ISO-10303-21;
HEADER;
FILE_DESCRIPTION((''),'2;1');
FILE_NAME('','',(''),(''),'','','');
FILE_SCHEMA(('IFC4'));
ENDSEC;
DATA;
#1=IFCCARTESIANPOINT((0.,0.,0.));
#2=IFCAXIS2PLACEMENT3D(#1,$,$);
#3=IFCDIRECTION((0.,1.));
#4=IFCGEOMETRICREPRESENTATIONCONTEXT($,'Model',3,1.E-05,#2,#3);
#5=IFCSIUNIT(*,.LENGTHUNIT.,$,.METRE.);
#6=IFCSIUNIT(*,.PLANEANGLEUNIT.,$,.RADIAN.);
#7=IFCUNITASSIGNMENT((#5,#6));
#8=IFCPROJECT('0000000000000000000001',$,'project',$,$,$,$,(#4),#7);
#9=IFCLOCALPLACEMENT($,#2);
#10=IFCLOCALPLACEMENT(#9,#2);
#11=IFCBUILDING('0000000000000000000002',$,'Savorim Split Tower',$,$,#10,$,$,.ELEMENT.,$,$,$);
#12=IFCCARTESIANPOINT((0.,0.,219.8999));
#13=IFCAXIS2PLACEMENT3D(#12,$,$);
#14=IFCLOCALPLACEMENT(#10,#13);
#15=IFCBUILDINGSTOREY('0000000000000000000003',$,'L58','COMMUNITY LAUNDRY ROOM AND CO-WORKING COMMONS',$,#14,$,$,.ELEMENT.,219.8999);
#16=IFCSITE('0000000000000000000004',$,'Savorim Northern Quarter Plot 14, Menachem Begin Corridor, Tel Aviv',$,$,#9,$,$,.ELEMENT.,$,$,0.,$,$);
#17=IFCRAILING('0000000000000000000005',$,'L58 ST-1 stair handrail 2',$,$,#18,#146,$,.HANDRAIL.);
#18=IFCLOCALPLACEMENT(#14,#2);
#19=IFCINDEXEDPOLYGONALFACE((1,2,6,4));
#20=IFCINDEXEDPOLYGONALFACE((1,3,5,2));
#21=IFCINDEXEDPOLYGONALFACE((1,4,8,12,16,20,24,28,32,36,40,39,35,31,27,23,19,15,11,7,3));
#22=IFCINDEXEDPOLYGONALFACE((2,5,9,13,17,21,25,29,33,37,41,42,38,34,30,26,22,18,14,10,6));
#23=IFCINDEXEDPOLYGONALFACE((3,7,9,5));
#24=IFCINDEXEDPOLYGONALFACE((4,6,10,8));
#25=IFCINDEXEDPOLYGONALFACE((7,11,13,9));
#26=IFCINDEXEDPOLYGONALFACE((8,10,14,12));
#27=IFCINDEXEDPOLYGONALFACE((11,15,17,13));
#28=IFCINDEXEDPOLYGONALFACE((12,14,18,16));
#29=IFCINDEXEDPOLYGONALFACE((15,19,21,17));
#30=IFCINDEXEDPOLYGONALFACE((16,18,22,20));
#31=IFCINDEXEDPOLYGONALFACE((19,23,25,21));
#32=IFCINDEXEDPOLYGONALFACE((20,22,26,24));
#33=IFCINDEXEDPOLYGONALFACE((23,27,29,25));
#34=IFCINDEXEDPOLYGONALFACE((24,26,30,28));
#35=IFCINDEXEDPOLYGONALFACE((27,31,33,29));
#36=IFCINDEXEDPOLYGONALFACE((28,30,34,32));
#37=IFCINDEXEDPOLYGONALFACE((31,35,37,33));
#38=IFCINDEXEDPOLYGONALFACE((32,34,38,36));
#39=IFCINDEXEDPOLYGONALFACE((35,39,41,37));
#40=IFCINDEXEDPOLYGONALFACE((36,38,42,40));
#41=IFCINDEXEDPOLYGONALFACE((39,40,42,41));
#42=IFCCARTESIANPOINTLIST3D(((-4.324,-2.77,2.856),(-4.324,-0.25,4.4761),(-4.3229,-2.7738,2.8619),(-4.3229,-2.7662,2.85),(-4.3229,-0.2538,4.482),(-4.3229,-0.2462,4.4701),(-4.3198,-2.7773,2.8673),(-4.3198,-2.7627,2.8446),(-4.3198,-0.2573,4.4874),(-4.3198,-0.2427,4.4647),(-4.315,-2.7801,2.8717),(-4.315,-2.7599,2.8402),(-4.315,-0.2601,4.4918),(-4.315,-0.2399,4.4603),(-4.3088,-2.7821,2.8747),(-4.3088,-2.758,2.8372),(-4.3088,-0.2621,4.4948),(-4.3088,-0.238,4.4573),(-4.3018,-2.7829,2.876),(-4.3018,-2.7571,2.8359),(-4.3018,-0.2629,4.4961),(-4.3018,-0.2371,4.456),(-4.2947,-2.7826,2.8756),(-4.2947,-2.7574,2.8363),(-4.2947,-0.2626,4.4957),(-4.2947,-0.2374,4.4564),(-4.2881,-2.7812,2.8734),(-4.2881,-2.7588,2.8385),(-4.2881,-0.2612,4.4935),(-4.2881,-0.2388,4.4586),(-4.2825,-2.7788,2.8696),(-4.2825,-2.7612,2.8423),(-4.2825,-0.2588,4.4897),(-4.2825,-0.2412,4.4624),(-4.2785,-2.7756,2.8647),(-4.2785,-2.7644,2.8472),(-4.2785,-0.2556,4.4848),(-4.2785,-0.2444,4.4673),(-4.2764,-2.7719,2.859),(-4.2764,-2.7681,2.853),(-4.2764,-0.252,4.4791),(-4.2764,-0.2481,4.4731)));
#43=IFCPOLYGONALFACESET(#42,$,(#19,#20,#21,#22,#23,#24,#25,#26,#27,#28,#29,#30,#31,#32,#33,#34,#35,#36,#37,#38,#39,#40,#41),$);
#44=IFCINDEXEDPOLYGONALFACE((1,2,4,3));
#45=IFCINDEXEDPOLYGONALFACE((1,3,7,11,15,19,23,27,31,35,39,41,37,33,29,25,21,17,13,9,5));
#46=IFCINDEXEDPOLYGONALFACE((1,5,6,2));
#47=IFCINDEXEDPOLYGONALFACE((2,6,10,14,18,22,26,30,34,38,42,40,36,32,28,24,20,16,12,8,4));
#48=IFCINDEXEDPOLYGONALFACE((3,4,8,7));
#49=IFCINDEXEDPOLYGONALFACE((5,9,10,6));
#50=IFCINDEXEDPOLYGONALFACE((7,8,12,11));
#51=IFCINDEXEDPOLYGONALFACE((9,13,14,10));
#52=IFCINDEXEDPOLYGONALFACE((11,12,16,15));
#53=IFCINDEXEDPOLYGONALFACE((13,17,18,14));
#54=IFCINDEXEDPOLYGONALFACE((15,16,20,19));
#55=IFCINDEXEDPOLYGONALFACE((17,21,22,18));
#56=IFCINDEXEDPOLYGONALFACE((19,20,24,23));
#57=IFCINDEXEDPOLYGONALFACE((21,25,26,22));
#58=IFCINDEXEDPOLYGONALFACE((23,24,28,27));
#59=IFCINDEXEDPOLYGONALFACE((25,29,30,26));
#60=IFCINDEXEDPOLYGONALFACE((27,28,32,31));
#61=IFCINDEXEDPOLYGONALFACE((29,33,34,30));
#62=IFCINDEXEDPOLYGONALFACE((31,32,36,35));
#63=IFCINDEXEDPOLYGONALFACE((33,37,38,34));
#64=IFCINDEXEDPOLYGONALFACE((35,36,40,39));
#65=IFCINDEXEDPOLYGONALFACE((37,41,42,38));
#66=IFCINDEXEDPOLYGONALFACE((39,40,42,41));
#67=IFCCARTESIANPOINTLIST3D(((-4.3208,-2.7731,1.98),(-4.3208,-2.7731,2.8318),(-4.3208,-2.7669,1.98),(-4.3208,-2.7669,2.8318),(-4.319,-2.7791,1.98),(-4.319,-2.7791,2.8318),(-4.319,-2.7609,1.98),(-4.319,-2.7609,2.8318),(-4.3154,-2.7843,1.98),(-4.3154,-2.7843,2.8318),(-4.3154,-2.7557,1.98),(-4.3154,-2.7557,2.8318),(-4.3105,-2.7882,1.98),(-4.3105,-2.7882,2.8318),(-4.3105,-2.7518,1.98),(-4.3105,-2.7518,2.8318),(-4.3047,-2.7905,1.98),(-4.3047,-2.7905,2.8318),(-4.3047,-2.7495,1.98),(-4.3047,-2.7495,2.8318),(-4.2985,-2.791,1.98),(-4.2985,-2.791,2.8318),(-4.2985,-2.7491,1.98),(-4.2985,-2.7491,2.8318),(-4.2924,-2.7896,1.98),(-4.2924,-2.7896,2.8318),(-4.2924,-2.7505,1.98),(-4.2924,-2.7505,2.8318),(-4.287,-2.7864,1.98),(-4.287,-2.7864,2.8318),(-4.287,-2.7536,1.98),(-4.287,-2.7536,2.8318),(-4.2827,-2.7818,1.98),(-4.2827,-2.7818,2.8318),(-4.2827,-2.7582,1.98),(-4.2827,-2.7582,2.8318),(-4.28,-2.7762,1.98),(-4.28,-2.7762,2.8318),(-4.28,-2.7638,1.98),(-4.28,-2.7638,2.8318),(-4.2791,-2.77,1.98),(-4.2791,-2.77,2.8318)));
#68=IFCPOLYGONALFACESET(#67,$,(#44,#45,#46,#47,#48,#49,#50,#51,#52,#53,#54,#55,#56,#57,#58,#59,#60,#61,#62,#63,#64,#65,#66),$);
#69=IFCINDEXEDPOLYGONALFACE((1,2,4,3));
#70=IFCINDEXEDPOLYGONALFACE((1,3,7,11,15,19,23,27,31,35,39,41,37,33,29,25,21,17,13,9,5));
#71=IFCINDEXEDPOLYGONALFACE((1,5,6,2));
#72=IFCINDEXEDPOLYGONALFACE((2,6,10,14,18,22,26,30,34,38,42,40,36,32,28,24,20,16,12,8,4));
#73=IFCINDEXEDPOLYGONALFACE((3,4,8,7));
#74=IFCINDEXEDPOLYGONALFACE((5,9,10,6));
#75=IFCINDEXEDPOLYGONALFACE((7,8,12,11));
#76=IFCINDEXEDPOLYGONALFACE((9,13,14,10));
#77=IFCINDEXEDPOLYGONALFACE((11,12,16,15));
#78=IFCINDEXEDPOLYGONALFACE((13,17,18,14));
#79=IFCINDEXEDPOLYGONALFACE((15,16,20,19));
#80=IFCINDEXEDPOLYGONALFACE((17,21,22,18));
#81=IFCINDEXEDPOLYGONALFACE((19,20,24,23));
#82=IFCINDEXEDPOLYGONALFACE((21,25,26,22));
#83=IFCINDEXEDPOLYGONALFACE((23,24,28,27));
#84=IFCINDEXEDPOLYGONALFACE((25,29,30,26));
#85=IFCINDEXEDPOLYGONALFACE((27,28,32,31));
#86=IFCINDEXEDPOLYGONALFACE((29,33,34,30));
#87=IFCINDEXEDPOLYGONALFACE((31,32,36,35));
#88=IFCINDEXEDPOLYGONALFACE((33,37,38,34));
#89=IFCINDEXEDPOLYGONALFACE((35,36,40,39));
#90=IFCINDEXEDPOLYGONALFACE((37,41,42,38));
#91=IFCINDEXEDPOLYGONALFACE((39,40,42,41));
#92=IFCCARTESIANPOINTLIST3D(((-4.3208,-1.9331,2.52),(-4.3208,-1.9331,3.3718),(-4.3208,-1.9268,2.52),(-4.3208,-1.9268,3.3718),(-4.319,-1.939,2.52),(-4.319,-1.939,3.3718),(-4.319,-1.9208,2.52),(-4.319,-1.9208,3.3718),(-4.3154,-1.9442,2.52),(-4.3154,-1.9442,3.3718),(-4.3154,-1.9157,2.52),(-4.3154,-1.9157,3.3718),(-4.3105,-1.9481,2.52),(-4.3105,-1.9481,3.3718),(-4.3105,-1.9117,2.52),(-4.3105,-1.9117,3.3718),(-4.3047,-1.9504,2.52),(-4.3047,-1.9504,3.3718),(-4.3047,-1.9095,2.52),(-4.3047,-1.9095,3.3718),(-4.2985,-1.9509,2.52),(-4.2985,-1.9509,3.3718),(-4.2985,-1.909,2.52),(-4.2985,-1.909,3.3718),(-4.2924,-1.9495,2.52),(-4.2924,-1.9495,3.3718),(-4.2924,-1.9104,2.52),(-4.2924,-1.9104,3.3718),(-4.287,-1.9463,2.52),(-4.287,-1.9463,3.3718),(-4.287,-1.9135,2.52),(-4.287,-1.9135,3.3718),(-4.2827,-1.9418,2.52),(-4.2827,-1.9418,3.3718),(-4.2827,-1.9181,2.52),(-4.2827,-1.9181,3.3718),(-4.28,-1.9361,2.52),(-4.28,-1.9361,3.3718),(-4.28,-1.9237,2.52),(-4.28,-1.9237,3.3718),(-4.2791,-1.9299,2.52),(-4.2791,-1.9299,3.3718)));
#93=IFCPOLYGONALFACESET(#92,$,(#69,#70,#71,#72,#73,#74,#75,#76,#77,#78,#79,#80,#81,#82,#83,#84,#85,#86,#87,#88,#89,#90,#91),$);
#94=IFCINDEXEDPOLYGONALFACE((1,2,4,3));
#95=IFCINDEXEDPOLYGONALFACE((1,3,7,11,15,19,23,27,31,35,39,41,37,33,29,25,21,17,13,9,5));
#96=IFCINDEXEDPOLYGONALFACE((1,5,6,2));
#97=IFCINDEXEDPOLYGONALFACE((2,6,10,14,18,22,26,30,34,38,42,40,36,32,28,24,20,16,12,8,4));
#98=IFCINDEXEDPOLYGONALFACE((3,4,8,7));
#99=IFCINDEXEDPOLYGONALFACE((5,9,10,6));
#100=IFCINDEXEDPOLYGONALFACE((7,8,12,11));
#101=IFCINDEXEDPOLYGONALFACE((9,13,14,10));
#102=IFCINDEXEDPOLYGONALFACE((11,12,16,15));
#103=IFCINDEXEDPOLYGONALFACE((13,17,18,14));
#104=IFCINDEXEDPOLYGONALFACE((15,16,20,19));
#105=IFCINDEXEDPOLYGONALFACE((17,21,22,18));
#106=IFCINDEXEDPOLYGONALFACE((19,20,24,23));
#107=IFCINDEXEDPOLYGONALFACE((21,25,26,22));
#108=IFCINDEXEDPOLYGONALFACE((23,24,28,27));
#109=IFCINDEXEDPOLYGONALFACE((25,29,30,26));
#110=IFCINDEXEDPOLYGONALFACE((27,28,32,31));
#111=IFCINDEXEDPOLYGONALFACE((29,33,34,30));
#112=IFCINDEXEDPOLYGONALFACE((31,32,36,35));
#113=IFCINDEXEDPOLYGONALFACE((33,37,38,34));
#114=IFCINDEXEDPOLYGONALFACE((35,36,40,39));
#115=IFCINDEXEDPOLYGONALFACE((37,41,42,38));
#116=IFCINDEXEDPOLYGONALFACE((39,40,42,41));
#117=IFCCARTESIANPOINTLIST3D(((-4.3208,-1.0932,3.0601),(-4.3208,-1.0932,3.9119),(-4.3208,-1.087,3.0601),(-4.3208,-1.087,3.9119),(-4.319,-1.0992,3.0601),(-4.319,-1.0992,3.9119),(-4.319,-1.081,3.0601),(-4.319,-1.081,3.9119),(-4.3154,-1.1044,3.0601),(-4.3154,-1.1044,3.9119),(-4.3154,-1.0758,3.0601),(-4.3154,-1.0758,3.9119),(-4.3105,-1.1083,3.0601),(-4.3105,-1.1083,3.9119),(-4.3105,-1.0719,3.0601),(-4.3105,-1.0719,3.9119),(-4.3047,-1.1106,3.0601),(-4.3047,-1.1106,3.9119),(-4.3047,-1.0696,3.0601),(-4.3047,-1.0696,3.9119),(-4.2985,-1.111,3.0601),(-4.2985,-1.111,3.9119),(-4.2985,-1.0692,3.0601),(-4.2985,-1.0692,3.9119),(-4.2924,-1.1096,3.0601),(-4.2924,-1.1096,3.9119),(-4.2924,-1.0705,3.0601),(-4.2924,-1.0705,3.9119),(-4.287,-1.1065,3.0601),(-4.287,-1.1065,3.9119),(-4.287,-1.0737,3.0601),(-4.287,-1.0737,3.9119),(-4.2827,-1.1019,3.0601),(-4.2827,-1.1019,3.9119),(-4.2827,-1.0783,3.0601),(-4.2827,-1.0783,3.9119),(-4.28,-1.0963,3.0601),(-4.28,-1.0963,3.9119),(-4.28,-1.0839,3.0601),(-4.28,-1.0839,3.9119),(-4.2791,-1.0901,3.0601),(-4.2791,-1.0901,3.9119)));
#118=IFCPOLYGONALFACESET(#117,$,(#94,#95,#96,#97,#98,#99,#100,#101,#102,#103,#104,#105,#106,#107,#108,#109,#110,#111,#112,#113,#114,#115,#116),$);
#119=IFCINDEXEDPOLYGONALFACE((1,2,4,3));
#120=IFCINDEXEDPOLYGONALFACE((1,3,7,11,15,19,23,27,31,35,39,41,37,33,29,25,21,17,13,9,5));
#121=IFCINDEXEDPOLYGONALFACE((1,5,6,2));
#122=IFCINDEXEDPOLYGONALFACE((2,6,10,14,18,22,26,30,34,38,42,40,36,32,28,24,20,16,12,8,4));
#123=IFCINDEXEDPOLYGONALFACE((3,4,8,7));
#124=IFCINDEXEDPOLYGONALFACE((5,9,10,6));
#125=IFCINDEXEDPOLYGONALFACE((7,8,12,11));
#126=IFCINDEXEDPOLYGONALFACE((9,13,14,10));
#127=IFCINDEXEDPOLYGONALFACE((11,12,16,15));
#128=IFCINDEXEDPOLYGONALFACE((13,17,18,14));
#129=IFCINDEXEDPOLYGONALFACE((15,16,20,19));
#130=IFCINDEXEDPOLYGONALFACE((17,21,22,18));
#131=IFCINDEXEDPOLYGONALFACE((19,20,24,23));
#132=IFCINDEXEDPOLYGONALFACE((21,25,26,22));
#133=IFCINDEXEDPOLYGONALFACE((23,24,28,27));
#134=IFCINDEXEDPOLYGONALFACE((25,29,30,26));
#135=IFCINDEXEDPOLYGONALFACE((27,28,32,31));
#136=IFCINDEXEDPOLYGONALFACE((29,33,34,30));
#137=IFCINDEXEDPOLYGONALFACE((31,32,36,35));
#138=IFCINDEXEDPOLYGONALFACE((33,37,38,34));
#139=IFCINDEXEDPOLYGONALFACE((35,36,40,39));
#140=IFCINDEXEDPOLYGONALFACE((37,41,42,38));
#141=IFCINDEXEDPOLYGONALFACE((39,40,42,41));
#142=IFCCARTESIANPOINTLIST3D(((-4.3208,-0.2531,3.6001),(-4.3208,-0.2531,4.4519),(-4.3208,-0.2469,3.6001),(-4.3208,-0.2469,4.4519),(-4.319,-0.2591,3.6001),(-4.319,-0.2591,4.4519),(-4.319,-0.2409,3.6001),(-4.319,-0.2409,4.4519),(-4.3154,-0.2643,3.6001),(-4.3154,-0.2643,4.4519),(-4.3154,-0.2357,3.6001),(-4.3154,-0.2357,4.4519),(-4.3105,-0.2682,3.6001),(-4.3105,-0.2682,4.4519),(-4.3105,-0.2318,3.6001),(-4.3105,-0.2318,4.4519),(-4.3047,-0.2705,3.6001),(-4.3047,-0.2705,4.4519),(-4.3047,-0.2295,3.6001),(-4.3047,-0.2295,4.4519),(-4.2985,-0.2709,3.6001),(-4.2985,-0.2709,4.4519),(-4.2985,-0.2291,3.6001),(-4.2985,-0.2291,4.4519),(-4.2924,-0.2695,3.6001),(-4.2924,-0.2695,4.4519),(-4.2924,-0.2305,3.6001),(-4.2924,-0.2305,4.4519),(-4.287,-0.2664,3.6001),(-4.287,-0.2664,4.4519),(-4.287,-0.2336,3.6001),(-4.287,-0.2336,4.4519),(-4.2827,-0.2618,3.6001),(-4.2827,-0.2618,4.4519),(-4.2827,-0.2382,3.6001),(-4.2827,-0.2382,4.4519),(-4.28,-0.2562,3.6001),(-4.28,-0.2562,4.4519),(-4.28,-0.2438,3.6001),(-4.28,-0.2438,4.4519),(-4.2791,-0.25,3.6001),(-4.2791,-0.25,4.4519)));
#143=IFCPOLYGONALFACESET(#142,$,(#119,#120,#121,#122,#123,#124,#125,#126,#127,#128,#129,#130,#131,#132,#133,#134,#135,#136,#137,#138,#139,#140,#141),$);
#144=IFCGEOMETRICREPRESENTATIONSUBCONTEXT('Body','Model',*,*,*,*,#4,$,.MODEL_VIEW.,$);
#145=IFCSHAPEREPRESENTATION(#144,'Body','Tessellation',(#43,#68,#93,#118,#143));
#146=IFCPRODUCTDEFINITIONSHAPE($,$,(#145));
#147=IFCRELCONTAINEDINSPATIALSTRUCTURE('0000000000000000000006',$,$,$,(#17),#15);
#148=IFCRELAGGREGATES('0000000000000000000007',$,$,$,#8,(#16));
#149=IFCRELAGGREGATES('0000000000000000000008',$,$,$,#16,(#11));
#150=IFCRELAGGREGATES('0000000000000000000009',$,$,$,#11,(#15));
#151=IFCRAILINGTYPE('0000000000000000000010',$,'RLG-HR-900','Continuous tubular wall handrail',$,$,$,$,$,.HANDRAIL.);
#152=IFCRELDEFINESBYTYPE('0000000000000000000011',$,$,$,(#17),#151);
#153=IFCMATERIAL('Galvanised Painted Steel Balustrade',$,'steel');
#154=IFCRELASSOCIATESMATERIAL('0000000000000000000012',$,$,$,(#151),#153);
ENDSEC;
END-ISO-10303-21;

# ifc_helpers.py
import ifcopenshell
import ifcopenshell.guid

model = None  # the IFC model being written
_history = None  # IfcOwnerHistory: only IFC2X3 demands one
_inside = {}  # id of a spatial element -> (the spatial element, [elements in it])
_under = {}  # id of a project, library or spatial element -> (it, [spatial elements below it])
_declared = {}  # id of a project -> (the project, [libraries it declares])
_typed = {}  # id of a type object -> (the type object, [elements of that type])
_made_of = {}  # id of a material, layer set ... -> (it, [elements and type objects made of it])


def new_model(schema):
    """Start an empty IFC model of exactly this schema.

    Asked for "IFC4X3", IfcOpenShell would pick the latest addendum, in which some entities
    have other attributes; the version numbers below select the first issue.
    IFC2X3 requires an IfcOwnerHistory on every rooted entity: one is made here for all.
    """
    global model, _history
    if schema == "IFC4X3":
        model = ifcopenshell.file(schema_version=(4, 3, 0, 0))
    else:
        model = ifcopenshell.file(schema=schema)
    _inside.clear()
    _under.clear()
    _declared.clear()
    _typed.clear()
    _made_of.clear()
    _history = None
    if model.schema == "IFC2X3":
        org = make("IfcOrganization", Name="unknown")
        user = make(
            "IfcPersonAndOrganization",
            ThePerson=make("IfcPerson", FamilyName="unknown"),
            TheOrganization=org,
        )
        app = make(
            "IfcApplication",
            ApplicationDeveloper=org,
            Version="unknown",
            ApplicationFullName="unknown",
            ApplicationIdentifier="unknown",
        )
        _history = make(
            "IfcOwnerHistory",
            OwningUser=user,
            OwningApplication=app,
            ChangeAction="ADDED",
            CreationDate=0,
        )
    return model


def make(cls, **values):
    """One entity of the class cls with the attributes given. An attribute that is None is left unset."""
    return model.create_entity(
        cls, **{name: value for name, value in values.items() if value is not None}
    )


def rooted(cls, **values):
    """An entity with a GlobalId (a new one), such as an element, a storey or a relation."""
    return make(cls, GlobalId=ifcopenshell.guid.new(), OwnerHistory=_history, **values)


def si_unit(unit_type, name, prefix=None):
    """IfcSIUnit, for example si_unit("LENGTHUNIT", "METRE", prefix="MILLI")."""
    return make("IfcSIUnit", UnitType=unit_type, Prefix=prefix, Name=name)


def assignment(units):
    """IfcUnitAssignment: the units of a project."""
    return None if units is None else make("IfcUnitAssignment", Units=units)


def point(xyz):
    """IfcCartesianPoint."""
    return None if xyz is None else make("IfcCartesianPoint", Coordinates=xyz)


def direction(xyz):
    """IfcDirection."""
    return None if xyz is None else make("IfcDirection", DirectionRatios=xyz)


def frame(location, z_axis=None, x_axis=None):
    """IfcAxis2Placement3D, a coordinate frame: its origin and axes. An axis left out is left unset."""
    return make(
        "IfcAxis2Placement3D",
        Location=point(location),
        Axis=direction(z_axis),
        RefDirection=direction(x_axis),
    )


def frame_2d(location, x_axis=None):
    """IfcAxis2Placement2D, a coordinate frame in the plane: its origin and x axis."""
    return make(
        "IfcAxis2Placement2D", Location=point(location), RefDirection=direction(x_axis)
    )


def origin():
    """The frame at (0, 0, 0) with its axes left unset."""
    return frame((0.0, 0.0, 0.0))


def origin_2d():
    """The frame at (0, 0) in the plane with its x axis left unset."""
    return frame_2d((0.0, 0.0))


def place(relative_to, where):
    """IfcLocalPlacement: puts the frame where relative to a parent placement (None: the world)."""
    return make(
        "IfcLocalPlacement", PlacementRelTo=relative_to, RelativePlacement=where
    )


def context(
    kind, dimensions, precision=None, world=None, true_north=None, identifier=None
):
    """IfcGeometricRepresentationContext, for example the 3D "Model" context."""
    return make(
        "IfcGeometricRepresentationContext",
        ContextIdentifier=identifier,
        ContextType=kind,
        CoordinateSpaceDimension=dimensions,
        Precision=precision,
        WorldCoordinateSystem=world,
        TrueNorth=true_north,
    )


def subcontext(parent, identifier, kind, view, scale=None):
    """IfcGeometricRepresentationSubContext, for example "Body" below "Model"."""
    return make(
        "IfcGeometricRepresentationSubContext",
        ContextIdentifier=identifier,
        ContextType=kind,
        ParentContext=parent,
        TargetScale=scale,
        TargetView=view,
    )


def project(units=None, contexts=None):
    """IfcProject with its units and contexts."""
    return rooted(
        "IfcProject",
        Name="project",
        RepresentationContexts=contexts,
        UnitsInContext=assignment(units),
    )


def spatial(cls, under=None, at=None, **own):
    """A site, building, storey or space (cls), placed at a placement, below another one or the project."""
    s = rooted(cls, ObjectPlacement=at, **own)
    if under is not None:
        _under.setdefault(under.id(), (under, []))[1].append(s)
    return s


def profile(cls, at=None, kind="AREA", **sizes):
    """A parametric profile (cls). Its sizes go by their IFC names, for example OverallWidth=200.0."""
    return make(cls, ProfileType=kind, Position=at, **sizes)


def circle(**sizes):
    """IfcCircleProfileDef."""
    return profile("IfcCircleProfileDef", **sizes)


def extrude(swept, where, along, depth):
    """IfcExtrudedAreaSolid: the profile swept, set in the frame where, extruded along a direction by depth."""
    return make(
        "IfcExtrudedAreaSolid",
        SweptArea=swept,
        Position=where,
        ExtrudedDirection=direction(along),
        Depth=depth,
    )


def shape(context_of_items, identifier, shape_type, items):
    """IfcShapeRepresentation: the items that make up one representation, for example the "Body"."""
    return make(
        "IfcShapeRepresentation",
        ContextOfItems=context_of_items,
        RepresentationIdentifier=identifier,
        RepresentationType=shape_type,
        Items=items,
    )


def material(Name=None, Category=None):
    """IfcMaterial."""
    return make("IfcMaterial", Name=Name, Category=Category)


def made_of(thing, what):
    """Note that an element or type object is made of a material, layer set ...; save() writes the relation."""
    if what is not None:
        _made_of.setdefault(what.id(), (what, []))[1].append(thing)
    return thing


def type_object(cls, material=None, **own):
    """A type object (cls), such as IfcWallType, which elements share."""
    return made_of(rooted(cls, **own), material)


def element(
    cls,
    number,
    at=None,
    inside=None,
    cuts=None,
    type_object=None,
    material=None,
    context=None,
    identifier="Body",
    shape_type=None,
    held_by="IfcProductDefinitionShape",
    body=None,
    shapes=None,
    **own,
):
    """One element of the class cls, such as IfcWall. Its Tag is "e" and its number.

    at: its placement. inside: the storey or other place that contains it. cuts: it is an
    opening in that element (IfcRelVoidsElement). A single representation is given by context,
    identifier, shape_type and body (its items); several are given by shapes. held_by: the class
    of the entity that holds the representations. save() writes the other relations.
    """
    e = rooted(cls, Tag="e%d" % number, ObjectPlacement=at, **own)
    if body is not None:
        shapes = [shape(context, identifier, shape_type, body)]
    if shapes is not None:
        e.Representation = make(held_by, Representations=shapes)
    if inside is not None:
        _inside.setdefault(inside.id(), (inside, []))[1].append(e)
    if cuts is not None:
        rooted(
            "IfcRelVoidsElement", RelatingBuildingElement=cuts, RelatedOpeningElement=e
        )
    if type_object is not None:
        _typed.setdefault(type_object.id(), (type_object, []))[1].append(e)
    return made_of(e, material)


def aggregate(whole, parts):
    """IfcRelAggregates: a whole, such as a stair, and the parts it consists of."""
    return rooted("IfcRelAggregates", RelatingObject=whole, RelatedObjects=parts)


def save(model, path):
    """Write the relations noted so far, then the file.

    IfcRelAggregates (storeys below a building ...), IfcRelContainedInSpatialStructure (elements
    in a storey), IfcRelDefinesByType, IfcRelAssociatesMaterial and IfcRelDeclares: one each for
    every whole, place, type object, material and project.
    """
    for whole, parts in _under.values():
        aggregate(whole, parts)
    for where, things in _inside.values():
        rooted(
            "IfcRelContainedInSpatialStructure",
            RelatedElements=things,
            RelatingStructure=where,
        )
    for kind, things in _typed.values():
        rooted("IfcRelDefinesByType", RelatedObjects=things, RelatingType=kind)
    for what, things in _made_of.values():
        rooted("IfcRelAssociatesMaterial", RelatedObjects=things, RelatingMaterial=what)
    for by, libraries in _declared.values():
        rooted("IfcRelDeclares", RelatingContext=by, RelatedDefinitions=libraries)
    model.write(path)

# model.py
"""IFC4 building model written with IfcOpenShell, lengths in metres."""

from ifc_helpers import new_model, si_unit, direction, frame, origin, origin_2d, place, context, subcontext, project, spatial, circle, extrude, material, type_object, element, save


model = new_model("IFC4")

# Units and contexts
model_context = context("Model", 3, precision=1e-05, world=origin(), true_north=direction((0.0, 1.0)))
body_context = subcontext(model_context, "Body", "Model", "MODEL_VIEW")
ifc_project = project(units=[si_unit("LENGTHUNIT", "METRE"), si_unit("PLANEANGLEUNIT", "RADIAN")], contexts=[model_context])

# Site, building, storey
site_placement = place(None, origin())
site = spatial("IfcSite", under=ifc_project, at=site_placement, Name="Savorim Northern Quarter Plot 14, Menachem Begin Corridor, Tel Aviv", CompositionType="ELEMENT", RefElevation=0.0)
building_placement = place(site_placement, origin())
building = spatial("IfcBuilding", under=site, at=building_placement, Name="Savorim Split Tower", CompositionType="ELEMENT")
storey_placement = place(building_placement, frame((0.0, 0.0, 219.8999)))
storey = spatial("IfcBuildingStorey", under=building, at=storey_placement, Name="L58", Description="COMMUNITY LAUNDRY ROOM AND CO-WORKING COMMONS", CompositionType="ELEMENT", Elevation=219.8999)

# Railing
ifc_material_1 = material(Name="Galvanised Painted Steel Balustrade", Category="steel")
railing_type_1 = type_object("IfcRailingType", Name="RLG-HR-900", Description="Continuous tubular wall handrail", PredefinedType="HANDRAIL", material=ifc_material_1)
railing_1_placement = place(storey_placement, frame((-4.3, -2.77, 1.98)))
element("IfcRailing", 1, at=railing_1_placement, inside=storey, type_object=railing_type_1, Name="L58 ST-1 stair handrail 2", PredefinedType="HANDRAIL", context=body_context, shape_type="SweptSolid", body=[
    extrude(circle(Radius=0.0239, at=origin_2d()), frame((0.0, 0.0, 0.876), z_axis=(0.0, 0.841163, 0.540782), x_axis=(-1.0, 0.0, 0.0)), (0.0, 0.0, 1.0), 2.9958),
    extrude(circle(Radius=0.021, at=origin_2d()), origin(), (0.0, 0.0, 1.0), 0.8518),
    extrude(circle(Radius=0.021, at=origin_2d()), frame((0.0, 0.8401, 0.54)), (0.0, 0.0, 1.0), 0.8518),
    extrude(circle(Radius=0.021, at=origin_2d()), frame((0.0, 1.6799, 1.0801)), (0.0, 0.0, 1.0), 0.8518),
    extrude(circle(Radius=0.021, at=origin_2d()), frame((0.0, 2.52, 1.6201)), (0.0, 0.0, 1.0), 0.8518),
])

save(model, "model.ifc")
